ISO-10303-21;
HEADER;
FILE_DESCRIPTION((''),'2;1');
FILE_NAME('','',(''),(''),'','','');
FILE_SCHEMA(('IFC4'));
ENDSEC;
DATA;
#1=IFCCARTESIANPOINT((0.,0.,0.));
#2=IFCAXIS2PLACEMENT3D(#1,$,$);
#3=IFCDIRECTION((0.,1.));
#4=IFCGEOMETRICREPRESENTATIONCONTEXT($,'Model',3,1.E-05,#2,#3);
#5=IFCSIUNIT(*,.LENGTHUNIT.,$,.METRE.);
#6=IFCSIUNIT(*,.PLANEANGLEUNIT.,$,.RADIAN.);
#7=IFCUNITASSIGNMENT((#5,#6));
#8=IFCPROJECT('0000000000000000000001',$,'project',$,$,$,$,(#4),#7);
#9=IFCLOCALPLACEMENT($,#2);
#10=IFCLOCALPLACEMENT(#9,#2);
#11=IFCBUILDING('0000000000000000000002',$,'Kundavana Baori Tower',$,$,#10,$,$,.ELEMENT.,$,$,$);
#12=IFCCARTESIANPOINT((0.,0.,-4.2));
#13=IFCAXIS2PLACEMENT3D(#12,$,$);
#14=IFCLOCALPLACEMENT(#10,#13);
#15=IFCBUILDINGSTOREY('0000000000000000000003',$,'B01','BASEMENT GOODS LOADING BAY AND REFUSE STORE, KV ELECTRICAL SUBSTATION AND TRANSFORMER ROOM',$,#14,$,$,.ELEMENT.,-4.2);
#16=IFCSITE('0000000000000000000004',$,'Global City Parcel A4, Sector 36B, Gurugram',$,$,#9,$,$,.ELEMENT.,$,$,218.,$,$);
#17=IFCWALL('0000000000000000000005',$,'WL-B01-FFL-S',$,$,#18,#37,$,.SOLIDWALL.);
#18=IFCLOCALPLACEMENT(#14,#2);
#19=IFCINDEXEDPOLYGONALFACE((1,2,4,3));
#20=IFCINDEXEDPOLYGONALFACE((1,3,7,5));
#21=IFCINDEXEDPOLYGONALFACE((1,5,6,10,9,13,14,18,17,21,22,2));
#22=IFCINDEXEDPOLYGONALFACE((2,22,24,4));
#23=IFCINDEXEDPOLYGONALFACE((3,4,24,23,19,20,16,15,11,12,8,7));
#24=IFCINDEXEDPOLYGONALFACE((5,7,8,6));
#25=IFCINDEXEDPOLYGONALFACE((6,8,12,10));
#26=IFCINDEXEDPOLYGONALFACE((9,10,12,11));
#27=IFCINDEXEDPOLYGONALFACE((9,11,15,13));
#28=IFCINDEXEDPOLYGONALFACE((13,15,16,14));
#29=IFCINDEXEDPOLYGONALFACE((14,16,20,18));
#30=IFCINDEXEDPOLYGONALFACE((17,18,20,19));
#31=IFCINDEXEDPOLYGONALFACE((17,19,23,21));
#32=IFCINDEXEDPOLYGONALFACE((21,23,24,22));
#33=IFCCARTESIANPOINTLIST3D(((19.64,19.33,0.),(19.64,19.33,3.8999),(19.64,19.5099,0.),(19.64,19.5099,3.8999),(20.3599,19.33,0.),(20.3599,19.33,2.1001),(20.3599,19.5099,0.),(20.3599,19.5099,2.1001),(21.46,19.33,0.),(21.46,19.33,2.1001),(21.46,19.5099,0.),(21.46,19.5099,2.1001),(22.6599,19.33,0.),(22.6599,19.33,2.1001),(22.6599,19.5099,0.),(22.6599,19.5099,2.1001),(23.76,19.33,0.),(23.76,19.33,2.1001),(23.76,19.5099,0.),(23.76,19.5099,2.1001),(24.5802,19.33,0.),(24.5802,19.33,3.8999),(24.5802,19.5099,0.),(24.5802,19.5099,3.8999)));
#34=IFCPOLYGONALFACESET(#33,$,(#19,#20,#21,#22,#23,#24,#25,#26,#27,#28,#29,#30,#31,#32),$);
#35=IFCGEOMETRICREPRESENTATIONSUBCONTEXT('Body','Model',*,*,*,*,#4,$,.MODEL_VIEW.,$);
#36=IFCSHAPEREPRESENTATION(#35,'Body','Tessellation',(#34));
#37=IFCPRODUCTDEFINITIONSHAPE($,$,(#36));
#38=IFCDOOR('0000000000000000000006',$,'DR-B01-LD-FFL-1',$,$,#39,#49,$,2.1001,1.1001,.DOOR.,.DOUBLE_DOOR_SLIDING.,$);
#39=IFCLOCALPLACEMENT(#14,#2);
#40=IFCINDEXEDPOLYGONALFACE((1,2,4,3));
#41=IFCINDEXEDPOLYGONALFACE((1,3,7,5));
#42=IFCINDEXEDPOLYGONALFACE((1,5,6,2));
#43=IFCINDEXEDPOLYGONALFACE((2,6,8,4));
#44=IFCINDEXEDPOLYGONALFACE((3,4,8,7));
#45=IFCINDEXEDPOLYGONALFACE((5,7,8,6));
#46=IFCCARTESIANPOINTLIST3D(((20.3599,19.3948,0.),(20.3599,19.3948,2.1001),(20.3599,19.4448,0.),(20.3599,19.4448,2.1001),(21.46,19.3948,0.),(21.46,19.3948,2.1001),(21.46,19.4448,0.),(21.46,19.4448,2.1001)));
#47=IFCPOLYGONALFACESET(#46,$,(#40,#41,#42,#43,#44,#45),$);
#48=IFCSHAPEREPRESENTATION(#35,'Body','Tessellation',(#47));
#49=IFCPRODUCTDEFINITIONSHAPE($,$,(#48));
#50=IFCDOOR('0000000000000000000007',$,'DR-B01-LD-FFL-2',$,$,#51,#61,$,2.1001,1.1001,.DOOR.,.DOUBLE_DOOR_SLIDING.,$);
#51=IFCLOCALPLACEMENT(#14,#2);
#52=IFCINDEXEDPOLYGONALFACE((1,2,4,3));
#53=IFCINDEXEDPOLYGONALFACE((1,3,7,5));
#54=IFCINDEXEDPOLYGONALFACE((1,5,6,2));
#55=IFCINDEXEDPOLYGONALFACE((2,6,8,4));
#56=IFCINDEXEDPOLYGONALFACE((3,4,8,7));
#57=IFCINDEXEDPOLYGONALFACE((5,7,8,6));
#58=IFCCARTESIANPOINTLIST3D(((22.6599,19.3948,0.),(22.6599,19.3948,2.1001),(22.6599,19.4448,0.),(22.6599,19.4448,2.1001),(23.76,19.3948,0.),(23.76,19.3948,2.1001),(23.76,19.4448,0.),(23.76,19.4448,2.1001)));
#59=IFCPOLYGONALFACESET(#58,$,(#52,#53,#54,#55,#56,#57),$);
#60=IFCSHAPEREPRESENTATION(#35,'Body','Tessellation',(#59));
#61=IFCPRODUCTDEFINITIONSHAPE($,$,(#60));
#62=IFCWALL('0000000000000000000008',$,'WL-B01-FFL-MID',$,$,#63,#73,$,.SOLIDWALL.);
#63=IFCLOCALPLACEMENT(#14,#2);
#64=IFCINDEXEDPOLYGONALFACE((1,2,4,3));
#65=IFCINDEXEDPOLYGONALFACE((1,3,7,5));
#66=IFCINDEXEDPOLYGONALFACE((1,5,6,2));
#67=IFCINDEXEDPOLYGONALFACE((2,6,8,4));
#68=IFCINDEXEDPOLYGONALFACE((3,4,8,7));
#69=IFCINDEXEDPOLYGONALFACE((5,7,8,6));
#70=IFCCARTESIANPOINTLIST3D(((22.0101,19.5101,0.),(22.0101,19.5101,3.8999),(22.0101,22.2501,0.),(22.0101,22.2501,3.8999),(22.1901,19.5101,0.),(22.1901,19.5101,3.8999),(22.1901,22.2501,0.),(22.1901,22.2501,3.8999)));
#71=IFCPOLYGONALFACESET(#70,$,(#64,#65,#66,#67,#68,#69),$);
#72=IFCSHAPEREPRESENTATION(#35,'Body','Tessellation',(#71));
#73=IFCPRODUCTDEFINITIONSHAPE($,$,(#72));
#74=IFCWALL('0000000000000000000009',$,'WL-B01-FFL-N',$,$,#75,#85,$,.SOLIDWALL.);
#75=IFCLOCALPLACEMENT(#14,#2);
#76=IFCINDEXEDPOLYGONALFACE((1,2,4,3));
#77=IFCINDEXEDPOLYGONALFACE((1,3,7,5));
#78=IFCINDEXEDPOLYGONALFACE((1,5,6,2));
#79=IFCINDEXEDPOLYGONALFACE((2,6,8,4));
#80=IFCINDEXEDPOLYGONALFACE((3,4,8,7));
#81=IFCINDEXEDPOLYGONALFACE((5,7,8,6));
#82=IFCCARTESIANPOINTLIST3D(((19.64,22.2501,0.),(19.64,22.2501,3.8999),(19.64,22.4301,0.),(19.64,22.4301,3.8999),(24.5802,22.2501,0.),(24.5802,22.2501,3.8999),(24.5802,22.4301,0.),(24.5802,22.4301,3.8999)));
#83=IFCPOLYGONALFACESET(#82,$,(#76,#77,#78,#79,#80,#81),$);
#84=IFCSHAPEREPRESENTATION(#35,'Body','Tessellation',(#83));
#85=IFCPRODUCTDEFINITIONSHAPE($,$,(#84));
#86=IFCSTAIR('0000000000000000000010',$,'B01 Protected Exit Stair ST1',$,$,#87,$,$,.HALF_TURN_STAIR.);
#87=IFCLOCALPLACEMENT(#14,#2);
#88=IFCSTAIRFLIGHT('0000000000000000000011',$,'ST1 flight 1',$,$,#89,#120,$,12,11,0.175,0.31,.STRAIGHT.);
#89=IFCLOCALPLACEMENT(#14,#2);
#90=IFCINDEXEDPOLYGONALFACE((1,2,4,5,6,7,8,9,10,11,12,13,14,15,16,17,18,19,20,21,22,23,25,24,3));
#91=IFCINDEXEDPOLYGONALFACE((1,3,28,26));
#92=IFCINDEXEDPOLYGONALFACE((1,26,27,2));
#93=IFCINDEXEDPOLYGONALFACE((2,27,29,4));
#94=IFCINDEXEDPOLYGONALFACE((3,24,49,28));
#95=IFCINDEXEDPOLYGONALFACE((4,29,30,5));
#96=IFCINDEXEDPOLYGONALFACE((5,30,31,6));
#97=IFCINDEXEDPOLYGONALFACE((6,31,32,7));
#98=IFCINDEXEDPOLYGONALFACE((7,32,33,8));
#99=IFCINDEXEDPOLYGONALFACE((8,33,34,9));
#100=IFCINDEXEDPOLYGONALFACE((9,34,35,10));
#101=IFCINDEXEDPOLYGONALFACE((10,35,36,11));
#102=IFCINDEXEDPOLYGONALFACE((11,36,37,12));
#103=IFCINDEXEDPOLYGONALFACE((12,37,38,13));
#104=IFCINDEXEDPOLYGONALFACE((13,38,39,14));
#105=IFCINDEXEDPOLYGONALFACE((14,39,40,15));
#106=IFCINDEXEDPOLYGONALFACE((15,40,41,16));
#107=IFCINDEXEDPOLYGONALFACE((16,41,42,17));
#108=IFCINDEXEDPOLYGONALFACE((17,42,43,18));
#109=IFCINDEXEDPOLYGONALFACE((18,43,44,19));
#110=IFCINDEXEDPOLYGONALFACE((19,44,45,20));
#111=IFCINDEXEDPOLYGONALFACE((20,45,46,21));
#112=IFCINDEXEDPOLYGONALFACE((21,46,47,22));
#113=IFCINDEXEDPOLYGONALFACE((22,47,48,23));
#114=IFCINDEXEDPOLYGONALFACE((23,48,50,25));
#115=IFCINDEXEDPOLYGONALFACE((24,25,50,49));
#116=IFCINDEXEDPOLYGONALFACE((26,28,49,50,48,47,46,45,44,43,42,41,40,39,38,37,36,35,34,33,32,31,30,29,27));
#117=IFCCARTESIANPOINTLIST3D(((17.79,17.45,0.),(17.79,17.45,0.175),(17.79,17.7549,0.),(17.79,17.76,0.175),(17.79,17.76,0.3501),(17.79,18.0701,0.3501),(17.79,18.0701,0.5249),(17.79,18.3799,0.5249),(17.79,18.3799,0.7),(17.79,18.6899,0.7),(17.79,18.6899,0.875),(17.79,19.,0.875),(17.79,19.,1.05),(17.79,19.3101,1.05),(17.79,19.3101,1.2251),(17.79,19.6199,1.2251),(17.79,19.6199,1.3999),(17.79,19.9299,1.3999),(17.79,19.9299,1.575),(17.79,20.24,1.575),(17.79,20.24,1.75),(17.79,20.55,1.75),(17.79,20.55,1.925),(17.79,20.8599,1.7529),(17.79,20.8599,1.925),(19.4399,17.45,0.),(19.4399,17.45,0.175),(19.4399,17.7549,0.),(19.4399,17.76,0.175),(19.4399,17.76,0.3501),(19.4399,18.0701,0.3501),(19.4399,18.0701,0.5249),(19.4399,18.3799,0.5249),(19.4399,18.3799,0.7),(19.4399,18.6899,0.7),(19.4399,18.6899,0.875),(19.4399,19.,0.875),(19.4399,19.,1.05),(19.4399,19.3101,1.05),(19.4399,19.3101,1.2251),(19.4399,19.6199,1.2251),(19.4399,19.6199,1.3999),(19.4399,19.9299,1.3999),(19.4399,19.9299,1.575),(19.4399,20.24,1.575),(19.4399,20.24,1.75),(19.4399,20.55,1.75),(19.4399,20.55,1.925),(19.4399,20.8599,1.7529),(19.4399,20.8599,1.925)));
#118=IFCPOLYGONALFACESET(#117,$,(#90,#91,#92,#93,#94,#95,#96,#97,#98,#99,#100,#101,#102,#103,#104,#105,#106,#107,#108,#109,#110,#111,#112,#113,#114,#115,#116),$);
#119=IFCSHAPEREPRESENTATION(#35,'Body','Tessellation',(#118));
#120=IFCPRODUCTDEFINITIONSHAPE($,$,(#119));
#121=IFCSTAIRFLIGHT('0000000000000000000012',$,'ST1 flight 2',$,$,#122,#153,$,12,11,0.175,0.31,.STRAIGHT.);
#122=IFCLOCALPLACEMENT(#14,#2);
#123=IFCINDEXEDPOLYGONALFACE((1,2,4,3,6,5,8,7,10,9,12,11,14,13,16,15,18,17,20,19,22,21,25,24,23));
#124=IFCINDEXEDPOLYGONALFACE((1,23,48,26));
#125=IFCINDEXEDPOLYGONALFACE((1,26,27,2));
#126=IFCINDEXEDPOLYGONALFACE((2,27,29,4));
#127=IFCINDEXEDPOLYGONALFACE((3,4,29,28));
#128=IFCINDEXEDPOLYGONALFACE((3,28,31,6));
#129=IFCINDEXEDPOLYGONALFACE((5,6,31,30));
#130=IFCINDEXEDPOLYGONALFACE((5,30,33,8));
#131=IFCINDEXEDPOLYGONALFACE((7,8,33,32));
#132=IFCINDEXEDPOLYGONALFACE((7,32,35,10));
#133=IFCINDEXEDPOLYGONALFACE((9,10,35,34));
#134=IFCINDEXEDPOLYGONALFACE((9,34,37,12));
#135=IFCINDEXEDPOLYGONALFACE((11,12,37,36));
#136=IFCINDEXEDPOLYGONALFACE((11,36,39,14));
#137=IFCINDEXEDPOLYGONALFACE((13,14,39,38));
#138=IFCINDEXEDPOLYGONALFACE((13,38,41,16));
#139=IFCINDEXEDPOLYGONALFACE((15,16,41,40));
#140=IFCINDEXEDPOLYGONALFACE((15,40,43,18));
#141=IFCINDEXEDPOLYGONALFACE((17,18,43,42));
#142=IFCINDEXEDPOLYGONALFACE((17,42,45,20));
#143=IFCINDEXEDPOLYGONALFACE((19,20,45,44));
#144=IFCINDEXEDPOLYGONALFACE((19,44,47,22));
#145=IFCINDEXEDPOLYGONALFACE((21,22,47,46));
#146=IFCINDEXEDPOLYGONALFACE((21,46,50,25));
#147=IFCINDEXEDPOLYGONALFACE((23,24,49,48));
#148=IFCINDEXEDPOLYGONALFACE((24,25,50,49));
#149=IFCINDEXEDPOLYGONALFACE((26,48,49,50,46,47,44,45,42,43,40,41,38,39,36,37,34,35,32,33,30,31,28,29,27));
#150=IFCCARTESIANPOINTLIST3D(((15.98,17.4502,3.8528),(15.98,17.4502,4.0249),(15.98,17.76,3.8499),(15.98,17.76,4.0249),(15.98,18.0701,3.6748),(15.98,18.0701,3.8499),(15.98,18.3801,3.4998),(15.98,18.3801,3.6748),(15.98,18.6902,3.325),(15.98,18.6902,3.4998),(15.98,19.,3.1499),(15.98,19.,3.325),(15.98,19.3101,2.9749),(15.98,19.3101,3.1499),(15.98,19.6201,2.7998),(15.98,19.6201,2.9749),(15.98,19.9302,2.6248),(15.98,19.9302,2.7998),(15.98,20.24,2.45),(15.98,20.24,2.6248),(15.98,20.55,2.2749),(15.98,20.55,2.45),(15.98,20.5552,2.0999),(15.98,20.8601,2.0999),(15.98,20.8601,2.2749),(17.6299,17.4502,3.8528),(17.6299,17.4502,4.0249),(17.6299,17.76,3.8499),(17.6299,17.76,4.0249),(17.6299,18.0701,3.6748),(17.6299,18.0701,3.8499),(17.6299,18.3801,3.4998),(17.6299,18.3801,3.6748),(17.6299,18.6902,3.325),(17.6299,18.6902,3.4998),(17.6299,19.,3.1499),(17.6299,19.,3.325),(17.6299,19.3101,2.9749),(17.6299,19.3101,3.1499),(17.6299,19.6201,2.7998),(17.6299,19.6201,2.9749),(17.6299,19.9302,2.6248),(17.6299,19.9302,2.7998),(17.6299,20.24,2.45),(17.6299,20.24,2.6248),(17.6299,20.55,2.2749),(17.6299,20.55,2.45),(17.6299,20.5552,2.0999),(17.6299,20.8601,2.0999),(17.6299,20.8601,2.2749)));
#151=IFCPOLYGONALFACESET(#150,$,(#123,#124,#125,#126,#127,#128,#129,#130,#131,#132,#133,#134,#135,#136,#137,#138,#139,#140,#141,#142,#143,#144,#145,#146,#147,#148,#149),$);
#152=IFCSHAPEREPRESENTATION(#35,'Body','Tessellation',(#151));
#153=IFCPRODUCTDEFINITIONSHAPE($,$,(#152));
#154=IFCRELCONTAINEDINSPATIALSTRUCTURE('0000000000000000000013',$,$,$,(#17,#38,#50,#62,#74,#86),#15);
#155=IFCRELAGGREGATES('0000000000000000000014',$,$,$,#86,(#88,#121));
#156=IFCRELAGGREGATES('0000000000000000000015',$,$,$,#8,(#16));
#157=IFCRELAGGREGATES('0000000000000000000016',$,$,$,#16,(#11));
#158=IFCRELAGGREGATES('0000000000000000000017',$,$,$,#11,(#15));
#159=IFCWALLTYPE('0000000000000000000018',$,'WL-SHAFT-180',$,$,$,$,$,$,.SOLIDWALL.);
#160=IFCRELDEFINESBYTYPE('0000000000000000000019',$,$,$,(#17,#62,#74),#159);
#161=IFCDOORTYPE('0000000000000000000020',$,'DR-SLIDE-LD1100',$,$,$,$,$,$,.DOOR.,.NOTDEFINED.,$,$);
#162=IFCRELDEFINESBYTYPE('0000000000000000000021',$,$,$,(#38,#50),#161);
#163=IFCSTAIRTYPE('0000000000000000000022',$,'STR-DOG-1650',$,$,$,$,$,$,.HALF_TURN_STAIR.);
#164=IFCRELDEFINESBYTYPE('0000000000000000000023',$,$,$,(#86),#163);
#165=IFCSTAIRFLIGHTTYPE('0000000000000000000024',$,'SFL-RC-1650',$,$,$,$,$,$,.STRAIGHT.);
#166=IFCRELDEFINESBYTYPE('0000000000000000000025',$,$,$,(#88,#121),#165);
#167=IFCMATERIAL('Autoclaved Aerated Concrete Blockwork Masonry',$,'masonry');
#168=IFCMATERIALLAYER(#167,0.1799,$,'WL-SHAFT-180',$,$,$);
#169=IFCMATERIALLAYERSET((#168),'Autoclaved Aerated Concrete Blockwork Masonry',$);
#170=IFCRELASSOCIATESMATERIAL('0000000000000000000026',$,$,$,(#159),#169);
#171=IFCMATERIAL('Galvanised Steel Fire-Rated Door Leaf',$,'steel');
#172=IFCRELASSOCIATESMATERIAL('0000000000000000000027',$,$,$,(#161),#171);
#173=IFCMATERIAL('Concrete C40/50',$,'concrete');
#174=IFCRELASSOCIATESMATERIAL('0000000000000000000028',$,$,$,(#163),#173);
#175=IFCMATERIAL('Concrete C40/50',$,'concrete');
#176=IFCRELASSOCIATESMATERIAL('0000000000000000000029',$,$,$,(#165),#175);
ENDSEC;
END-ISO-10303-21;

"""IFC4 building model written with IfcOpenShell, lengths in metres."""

from ifc_helpers import new_model, si_unit, direction, frame, frame_2d, origin, place, context, subcontext, project, spatial, polyline, rectangle, outline, extrude, material, layer, layer_set, type_object, element, fill, aggregate, save


model = new_model("IFC4")

# Units and contexts
model_context = context("Model", 3, precision=1e-05, world=origin(), true_north=direction((0.0, 1.0)))
body_context = subcontext(model_context, "Body", "Model", "MODEL_VIEW")
ifc_project = project(units=[si_unit("LENGTHUNIT", "METRE"), si_unit("PLANEANGLEUNIT", "RADIAN")], contexts=[model_context])

# Site, building, storey
site_placement = place(None, origin())
site = spatial("IfcSite", under=ifc_project, at=site_placement, Name="Global City Parcel A4, Sector 36B, Gurugram", CompositionType="ELEMENT", RefElevation=218.0)
building_placement = place(site_placement, origin())
building = spatial("IfcBuilding", under=site, at=building_placement, Name="Kundavana Baori Tower", CompositionType="ELEMENT")
storey_placement = place(building_placement, frame((0.0, 0.0, -4.2)))
storey = spatial("IfcBuildingStorey", under=building, at=storey_placement, Name="B01", Description="BASEMENT GOODS LOADING BAY AND REFUSE STORE, KV ELECTRICAL SUBSTATION AND TRANSFORMER ROOM", CompositionType="ELEMENT", Elevation=-4.2)

# Wall, openings, doors
ifc_material_1 = material(Name="Autoclaved Aerated Concrete Blockwork Masonry", Category="masonry")
ifc_layer_1 = layer(ifc_material_1, 0.1799, Name="WL-SHAFT-180")
ifc_layer_set_1 = layer_set([ifc_layer_1], Name="Autoclaved Aerated Concrete Blockwork Masonry")
wall_type_1 = type_object("IfcWallType", Name="WL-SHAFT-180", PredefinedType="SOLIDWALL", material=ifc_layer_set_1)
wall_1_placement = place(storey_placement, frame((19.6399, 19.4199, 0.0), z_axis=(0.0, 0.0, 1.0), x_axis=(1.0, 0.0, 0.0)))
wall_1 = element("IfcWall", 1, at=wall_1_placement, inside=storey, type_object=wall_type_1, Name="WL-B01-FFL-S", PredefinedType="SOLIDWALL", context=body_context, shape_type="SweptSolid", body=[
    extrude(rectangle(XDim=4.9402, YDim=0.1799, at=frame_2d((2.4702, 0.0))), origin(), (0.0, 0.0, 1.0), 3.8999),
])
opening_1_placement = place(wall_1_placement, frame((0.72, 0.0, 0.0)))
opening_1 = element("IfcOpeningElement", 2, at=opening_1_placement, cuts=wall_1, PredefinedType="OPENING", context=body_context, shape_type="SweptSolid", body=[
    extrude(rectangle(XDim=1.1001, YDim=2.1001, at=frame_2d((0.55, 1.05))), frame((0.0, 0.1001, 0.0), z_axis=(0.0, -1.0, 0.0), x_axis=(1.0, 0.0, 0.0)), (0.0, 0.0, 1.0), 0.2),
])
opening_2_placement = place(wall_1_placement, frame((3.02, 0.0, 0.0)))
opening_2 = element("IfcOpeningElement", 3, at=opening_2_placement, cuts=wall_1, PredefinedType="OPENING", context=body_context, shape_type="SweptSolid", body=[
    extrude(rectangle(XDim=1.1001, YDim=2.1001, at=frame_2d((0.55, 1.05))), frame((0.0, 0.1001, 0.0), z_axis=(0.0, -1.0, 0.0), x_axis=(1.0, 0.0, 0.0)), (0.0, 0.0, 1.0), 0.2),
])
ifc_material_2 = material(Name="Galvanised Steel Fire-Rated Door Leaf", Category="steel")
door_type_1 = type_object("IfcDoorType", Name="DR-SLIDE-LD1100", OperationType="NOTDEFINED", PredefinedType="DOOR", material=ifc_material_2)
door_1_placement = place(opening_1_placement, origin())
door_1 = element("IfcDoor", 4, at=door_1_placement, inside=storey, type_object=door_type_1, Name="DR-B01-LD-FFL-1", OperationType="DOUBLE_DOOR_SLIDING", OverallHeight=2.1001, OverallWidth=1.1001, PredefinedType="DOOR", context=body_context, shape_type="SweptSolid", body=[
    extrude(rectangle(XDim=1.1001, YDim=2.1001, at=frame_2d((0.55, 1.05))), frame((0.0, 0.0249, 0.0), z_axis=(0.0, -1.0, 0.0), x_axis=(1.0, 0.0, 0.0)), (0.0, 0.0, 1.0), 0.05),
])
fill(opening_1, door_1)
door_2_placement = place(opening_2_placement, origin())
door_2 = element("IfcDoor", 5, at=door_2_placement, inside=storey, type_object=door_type_1, Name="DR-B01-LD-FFL-2", OperationType="DOUBLE_DOOR_SLIDING", OverallHeight=2.1001, OverallWidth=1.1001, PredefinedType="DOOR", context=body_context, shape_type="SweptSolid", body=[
    extrude(rectangle(XDim=1.1001, YDim=2.1001, at=frame_2d((0.55, 1.05))), frame((0.0, 0.0249, 0.0), z_axis=(0.0, -1.0, 0.0), x_axis=(1.0, 0.0, 0.0)), (0.0, 0.0, 1.0), 0.05),
])
fill(opening_2, door_2)

# Walls
wall_2_placement = place(storey_placement, frame((22.1001, 19.51, 0.0), z_axis=(0.0, 0.0, 1.0), x_axis=(0.0, 1.0, 0.0)))
element("IfcWall", 6, at=wall_2_placement, inside=storey, type_object=wall_type_1, Name="WL-B01-FFL-MID", PredefinedType="SOLIDWALL", context=body_context, shape_type="SweptSolid", body=[
    extrude(rectangle(XDim=2.74, YDim=0.1799, at=frame_2d((1.3701, 0.0))), origin(), (0.0, 0.0, 1.0), 3.8999),
])
wall_3_placement = place(storey_placement, frame((19.6399, 22.3401, 0.0), z_axis=(0.0, 0.0, 1.0), x_axis=(1.0, 0.0, 0.0)))
element("IfcWall", 7, at=wall_3_placement, inside=storey, type_object=wall_type_1, Name="WL-B01-FFL-N", PredefinedType="SOLIDWALL", context=body_context, shape_type="SweptSolid", body=[
    extrude(rectangle(XDim=4.9402, YDim=0.1799, at=frame_2d((2.4702, 0.0))), origin(), (0.0, 0.0, 1.0), 3.8999),
])

# Stair, stair flights
ifc_material_3 = material(Name="Concrete C40/50", Category="concrete")
stair_type = type_object("IfcStairType", Name="STR-DOG-1650", PredefinedType="HALF_TURN_STAIR", material=ifc_material_3)
stair_placement = place(storey_placement, origin())
stair = element("IfcStair", 8, at=stair_placement, inside=storey, type_object=stair_type, Name="B01 Protected Exit Stair ST1", PredefinedType="HALF_TURN_STAIR")
ifc_material_4 = material(Name="Concrete C40/50", Category="concrete")
stair_flight_type = type_object("IfcStairFlightType", Name="SFL-RC-1650", PredefinedType="STRAIGHT", material=ifc_material_4)
stair_flight_1_placement = place(storey_placement, frame((18.615, 17.45, 0.0), z_axis=(0.0, 0.0, 1.0), x_axis=(0.0, 1.0, 0.0)))
stair_flight_1 = element("IfcStairFlight", 9, at=stair_flight_1_placement, type_object=stair_flight_type, Name="ST1 flight 1", NumberOfRisers=12, NumberOfTreads=11, PredefinedType="STRAIGHT", RiserHeight=0.175, TreadLength=0.31, context=body_context, shape_type="SweptSolid", body=[
    extrude(outline(polyline([(0.0, 0.0), (0.0, 0.175), (0.3101, 0.175), (0.3101, 0.3501), (0.6201, 0.3501), (0.6201, 0.5249), (0.9299, 0.5249), (0.9299, 0.7), (1.24, 0.7), (1.24, 0.875), (1.55, 0.875), (1.55, 1.05), (1.8601, 1.05), (1.8601, 1.2251), (2.1699, 1.2251), (2.1699, 1.3999), (2.48, 1.3999), (2.48, 1.575), (2.79, 1.575), (2.79, 1.75), (3.1001, 1.75), (3.1001, 1.925), (3.4099, 1.925), (3.4099, 2.1001), (3.4099, 1.7529), (0.3049, 0.0), (0.0, 0.0)])), frame((0.0, 0.825, 0.0), z_axis=(0.0, -1.0, 0.0), x_axis=(1.0, 0.0, 0.0)), (0.0, 0.0, 1.0), 1.6499),
])
stair_flight_2_placement = place(storey_placement, frame((16.8049, 20.8601, 2.0999), z_axis=(0.0, 0.0, 1.0), x_axis=(0.0, -1.0, 0.0)))
stair_flight_2 = element("IfcStairFlight", 10, at=stair_flight_2_placement, type_object=stair_flight_type, Name="ST1 flight 2", NumberOfRisers=12, NumberOfTreads=11, PredefinedType="STRAIGHT", RiserHeight=0.175, TreadLength=0.31, context=body_context, shape_type="SweptSolid", body=[
    extrude(outline(polyline([(0.0, 0.0), (0.0, 0.175), (0.3101, 0.175), (0.3101, 0.3501), (0.6201, 0.3501), (0.6201, 0.5249), (0.9299, 0.5249), (0.9299, 0.7), (1.24, 0.7), (1.24, 0.875), (1.55, 0.875), (1.55, 1.05), (1.8601, 1.05), (1.8601, 1.2251), (2.1699, 1.2251), (2.1699, 1.3999), (2.48, 1.3999), (2.48, 1.575), (2.79, 1.575), (2.79, 1.75), (3.1001, 1.75), (3.1001, 1.925), (3.4099, 1.925), (3.4099, 2.1001), (3.4099, 1.7529), (0.3049, 0.0), (0.0, 0.0)])), frame((0.0, 0.825, 0.0), z_axis=(0.0, -1.0, 0.0), x_axis=(1.0, 0.0, 0.0)), (0.0, 0.0, 1.0), 1.6499),
])
aggregate(stair, [stair_flight_1, stair_flight_2])

save(model, "model.ifc")
